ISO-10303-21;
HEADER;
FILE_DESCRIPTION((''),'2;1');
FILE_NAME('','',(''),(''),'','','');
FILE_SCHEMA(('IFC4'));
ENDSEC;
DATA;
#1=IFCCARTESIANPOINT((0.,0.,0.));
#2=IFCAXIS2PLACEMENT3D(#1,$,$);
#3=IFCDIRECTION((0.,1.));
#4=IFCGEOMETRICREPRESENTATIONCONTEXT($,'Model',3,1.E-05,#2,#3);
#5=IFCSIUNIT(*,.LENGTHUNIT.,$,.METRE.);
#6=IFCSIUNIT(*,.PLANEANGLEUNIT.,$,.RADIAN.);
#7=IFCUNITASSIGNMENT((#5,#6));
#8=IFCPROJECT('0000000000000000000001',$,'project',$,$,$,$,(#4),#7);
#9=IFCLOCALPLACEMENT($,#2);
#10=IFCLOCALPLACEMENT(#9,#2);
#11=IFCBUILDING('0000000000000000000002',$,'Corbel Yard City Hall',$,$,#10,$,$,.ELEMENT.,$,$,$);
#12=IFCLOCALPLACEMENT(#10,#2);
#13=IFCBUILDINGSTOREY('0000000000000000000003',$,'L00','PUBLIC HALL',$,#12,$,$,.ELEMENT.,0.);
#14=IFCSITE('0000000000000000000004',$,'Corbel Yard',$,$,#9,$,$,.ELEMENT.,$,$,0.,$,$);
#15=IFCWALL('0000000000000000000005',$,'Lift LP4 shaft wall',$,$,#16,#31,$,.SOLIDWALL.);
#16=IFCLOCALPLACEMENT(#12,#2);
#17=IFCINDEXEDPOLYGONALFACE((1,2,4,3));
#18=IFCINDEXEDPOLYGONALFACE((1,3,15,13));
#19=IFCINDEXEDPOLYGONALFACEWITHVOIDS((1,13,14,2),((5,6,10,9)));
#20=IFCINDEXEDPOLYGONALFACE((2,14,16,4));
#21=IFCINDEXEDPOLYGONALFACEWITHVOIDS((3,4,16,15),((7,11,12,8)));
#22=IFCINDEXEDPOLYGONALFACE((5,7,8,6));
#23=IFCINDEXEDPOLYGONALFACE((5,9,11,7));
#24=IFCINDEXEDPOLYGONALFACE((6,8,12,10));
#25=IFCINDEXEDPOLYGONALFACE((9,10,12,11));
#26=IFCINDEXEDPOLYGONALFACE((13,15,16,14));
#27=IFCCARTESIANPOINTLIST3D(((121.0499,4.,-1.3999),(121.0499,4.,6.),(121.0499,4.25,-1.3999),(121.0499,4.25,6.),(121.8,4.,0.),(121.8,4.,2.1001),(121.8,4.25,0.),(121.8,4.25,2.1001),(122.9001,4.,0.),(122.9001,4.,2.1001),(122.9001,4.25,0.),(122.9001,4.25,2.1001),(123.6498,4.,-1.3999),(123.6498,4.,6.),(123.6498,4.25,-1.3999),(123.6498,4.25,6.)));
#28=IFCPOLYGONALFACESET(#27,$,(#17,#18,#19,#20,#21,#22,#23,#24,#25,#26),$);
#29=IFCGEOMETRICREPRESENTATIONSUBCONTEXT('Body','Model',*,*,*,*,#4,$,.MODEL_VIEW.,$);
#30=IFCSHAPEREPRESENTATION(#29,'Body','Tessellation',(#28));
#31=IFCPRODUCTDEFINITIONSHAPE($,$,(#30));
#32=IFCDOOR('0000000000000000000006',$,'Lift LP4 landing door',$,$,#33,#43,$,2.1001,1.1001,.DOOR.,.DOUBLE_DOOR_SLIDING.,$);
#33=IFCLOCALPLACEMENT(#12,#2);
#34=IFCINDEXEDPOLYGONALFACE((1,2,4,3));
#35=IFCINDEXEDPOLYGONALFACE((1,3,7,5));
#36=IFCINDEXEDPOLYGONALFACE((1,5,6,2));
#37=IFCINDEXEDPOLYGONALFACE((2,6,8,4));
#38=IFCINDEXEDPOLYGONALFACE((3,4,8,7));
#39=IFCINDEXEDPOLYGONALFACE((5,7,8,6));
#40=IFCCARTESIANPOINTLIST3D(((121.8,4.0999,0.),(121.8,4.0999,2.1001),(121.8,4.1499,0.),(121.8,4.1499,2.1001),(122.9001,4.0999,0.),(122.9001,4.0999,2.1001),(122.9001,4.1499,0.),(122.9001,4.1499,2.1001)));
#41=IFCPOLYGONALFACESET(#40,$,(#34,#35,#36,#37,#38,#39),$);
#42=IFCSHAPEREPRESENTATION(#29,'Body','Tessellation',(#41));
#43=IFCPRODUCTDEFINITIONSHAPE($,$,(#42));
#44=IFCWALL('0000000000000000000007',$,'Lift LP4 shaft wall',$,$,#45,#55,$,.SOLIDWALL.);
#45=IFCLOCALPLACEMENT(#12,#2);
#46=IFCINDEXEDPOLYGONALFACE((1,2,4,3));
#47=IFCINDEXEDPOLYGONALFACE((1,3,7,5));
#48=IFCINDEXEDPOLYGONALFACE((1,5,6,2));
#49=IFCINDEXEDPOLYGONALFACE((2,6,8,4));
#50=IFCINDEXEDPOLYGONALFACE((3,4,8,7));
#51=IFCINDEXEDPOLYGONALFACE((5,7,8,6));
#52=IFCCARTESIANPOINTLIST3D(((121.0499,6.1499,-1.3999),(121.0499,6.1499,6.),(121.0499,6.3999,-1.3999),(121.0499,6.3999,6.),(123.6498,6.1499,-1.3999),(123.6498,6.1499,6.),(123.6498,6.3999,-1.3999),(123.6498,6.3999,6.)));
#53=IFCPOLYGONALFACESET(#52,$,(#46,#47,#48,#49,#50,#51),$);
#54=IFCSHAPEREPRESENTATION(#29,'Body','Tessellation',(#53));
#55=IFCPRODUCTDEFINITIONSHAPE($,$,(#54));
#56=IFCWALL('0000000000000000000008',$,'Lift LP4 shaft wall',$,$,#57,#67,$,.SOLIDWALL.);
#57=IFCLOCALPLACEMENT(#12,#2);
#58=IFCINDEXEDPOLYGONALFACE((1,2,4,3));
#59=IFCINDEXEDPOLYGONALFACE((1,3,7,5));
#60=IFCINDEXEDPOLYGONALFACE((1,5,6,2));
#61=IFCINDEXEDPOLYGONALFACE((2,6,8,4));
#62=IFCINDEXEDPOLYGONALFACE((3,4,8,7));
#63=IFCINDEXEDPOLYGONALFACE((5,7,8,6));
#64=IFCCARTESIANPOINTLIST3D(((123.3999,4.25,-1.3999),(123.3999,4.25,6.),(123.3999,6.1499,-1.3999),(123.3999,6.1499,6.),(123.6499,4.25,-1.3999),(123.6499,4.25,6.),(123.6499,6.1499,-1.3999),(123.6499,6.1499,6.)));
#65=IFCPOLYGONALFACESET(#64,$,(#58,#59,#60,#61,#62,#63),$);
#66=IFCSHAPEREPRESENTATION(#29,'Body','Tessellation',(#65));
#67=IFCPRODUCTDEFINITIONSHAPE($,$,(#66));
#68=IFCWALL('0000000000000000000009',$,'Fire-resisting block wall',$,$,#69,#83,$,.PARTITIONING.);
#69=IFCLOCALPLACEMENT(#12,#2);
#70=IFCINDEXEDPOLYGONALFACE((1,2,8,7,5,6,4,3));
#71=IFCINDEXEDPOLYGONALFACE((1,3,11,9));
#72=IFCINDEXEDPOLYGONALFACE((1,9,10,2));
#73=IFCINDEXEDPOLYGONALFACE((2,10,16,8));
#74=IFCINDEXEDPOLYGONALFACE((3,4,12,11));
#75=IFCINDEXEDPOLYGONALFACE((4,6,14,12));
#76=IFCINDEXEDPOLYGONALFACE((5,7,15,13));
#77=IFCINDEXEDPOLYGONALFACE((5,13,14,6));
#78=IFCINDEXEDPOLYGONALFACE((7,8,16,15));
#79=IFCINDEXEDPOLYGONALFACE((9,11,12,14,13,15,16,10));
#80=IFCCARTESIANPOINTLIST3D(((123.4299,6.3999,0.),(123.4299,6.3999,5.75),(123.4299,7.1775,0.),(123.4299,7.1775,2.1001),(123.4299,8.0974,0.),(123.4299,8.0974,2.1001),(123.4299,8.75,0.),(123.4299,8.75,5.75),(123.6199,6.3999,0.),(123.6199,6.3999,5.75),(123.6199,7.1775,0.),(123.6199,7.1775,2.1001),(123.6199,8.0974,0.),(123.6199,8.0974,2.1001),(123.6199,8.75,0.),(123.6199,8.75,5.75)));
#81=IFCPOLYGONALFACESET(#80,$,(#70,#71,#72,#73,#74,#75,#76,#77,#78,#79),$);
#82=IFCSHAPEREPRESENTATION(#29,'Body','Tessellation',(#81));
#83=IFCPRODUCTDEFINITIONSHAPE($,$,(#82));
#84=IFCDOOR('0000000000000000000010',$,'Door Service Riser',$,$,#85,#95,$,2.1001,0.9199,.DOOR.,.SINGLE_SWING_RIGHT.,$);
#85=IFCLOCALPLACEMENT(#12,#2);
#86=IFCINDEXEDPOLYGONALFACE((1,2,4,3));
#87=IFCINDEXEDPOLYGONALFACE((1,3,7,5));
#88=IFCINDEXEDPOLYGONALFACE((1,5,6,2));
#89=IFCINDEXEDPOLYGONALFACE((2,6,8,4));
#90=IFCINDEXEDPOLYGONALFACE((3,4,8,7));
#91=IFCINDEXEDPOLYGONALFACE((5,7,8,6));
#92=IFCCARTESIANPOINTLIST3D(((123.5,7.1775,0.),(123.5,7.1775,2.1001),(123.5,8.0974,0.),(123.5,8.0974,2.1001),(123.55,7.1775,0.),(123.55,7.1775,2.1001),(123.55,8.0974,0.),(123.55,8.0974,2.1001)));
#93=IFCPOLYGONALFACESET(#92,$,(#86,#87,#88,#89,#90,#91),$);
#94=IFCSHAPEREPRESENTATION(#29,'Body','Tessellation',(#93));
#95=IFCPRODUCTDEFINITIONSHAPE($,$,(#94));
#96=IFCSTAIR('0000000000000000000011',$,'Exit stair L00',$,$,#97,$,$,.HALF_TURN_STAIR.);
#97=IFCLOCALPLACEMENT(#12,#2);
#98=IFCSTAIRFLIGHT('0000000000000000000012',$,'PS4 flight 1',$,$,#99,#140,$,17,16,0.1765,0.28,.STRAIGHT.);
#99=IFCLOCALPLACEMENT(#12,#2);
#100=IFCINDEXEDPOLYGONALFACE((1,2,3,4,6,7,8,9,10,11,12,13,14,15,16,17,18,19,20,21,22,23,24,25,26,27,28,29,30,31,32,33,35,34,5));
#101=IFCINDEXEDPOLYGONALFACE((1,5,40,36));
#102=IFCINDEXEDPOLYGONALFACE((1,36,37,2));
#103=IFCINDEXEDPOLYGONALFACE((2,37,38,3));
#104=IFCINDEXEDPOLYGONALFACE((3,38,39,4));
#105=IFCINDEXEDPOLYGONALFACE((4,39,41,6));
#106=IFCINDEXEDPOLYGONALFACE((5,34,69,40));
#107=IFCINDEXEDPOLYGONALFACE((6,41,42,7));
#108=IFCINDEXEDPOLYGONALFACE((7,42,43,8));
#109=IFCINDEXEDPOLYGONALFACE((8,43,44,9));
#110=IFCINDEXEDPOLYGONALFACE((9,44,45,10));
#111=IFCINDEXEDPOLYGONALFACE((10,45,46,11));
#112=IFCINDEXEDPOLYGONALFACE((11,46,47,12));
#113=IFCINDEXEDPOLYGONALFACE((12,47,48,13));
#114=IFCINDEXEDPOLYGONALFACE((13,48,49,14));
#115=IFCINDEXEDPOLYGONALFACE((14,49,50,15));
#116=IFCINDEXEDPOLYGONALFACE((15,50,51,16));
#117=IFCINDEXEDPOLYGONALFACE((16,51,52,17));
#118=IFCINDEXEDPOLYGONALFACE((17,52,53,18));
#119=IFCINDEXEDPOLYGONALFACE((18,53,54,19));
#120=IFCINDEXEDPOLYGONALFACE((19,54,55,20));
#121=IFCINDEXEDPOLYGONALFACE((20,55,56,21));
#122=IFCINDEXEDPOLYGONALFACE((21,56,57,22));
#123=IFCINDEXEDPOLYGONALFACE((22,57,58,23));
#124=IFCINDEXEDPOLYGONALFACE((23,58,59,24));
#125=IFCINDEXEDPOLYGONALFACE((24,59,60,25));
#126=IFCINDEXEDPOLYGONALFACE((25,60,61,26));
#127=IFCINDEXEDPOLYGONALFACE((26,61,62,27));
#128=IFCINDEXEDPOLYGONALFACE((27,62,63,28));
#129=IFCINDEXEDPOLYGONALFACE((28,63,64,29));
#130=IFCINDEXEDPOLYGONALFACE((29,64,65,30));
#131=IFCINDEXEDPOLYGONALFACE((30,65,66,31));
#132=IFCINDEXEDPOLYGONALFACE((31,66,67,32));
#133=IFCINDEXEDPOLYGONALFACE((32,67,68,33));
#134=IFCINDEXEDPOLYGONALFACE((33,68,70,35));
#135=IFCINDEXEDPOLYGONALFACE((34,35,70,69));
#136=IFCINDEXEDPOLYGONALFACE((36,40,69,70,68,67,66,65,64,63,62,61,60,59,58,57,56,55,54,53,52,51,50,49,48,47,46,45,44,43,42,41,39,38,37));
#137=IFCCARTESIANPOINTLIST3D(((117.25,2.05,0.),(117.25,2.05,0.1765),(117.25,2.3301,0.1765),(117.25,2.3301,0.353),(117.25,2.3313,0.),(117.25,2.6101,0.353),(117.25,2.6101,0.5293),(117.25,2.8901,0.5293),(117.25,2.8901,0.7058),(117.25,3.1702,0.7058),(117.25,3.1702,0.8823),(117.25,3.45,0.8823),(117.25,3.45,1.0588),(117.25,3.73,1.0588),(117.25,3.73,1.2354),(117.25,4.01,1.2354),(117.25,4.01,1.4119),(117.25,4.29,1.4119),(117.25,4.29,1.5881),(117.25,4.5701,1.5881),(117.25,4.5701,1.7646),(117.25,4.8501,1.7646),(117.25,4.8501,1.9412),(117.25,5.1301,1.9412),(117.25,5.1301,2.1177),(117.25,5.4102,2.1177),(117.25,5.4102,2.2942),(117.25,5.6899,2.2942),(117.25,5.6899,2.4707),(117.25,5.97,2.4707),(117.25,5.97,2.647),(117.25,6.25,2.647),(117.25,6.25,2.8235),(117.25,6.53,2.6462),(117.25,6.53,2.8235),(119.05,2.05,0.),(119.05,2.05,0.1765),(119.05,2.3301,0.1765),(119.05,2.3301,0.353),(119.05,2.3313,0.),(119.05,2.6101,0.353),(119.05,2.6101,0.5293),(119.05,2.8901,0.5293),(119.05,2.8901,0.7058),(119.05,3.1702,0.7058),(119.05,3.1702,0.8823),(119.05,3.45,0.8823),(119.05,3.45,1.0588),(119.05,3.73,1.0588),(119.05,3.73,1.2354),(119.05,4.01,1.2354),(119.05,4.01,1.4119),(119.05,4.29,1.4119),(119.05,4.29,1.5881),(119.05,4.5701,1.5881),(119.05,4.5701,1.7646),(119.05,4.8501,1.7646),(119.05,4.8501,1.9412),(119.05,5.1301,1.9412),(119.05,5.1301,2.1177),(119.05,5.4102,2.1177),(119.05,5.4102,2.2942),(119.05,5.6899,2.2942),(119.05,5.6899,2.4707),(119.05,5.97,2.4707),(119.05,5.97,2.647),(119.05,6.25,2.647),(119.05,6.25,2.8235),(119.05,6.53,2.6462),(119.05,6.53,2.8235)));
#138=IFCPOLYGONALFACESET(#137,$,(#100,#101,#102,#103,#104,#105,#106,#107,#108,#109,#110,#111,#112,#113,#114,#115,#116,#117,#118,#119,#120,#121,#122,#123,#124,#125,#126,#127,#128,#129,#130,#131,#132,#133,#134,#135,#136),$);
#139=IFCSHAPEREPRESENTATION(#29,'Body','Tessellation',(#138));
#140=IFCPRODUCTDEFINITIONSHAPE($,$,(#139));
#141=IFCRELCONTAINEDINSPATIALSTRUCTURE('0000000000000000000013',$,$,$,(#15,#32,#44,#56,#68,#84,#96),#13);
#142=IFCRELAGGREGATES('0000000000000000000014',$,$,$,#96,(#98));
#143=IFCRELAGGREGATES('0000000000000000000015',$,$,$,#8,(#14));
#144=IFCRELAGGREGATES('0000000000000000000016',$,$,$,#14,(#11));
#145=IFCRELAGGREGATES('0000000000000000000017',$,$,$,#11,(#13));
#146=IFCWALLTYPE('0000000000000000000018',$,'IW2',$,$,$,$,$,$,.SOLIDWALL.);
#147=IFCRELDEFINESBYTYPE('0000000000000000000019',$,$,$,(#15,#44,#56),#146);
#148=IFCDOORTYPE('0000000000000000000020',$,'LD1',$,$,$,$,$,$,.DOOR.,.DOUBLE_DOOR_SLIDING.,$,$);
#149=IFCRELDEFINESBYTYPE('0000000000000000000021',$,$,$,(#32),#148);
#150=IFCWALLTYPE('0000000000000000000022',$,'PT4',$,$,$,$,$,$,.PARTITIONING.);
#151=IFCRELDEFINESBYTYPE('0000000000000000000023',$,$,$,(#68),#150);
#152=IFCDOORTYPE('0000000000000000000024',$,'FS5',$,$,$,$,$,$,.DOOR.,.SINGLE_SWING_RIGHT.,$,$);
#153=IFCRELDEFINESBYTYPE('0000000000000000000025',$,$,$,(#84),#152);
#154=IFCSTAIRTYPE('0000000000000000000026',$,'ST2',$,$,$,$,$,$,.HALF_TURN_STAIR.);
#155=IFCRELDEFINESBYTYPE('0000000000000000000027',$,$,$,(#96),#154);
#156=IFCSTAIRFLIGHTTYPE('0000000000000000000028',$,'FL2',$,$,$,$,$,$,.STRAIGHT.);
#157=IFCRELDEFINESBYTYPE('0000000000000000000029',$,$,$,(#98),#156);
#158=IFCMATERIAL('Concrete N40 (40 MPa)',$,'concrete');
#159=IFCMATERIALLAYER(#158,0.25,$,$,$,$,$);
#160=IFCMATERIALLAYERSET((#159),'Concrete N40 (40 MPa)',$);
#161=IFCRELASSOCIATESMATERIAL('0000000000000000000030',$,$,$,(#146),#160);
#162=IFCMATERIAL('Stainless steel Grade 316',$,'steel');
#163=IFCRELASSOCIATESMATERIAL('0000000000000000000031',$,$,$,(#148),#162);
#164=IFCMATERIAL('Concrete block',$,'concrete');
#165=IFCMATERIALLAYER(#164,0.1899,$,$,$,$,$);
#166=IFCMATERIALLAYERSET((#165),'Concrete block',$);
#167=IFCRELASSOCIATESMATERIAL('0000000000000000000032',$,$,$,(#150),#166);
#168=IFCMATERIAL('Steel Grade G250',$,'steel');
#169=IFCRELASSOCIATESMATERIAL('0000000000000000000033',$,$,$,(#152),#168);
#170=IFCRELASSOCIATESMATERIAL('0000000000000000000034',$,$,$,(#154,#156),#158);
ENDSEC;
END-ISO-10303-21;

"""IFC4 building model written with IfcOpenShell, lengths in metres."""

from ifc_helpers import new_model, si_unit, direction, frame, frame_2d, origin, place, context, subcontext, project, spatial, polyline, rectangle, outline, extrude, material, layer, layer_set, type_object, element, fill, aggregate, save


model = new_model("IFC4")

# Units and contexts
model_context = context("Model", 3, precision=1e-05, world=origin(), true_north=direction((0.0, 1.0)))
body_context = subcontext(model_context, "Body", "Model", "MODEL_VIEW")
ifc_project = project(units=[si_unit("LENGTHUNIT", "METRE"), si_unit("PLANEANGLEUNIT", "RADIAN")], contexts=[model_context])

# Site, building, storey
site_placement = place(None, origin())
site = spatial("IfcSite", under=ifc_project, at=site_placement, Name="Corbel Yard", CompositionType="ELEMENT", RefElevation=0.0)
building_placement = place(site_placement, origin())
building = spatial("IfcBuilding", under=site, at=building_placement, Name="Corbel Yard City Hall", CompositionType="ELEMENT")
storey_placement = place(building_placement, origin())
storey = spatial("IfcBuildingStorey", under=building, at=storey_placement, Name="L00", Description="PUBLIC HALL", CompositionType="ELEMENT", Elevation=0.0)

# Shared definitions
ifc_material_1 = material(Name="Concrete N40 (40 MPa)", Category="concrete")

# Wall, opening, door
ifc_layer_1 = layer(ifc_material_1, 0.25)
ifc_layer_set_1 = layer_set([ifc_layer_1], Name="Concrete N40 (40 MPa)")
wall_type_1 = type_object("IfcWallType", Name="IW2", PredefinedType="SOLIDWALL", material=ifc_layer_set_1)
ifc_material_2 = material(Name="Steel Grade G250", Category="steel")
wall_1_placement = place(storey_placement, frame((121.05, 4.125, -1.3999), z_axis=(0.0, 0.0, 1.0), x_axis=(1.0, 0.0, 0.0)))
wall_1 = element("IfcWall", 1, at=wall_1_placement, inside=storey, type_object=wall_type_1, Name="Lift LP4 shaft wall", PredefinedType="SOLIDWALL", context=body_context, shape_type="SweptSolid", body=[
    extrude(rectangle(XDim=2.5999, YDim=0.25, at=frame_2d((1.2998, 0.0))), origin(), (0.0, 0.0, 1.0), 7.3999),
])
opening_1_placement = place(wall_1_placement, frame((0.75, 0.0, 1.3999)))
opening_1 = element("IfcOpeningElement", 2, at=opening_1_placement, cuts=wall_1, PredefinedType="OPENING", context=body_context, shape_type="SweptSolid", body=[
    extrude(rectangle(XDim=1.1001, YDim=2.1001, at=frame_2d((0.55, 1.05))), frame((0.0, 0.135, 0.0), z_axis=(0.0, -1.0, 0.0), x_axis=(1.0, 0.0, 0.0)), (0.0, 0.0, 1.0), 0.27),
])
ifc_material_3 = material(Name="Stainless steel Grade 316", Category="steel")
door_type_1 = type_object("IfcDoorType", Name="LD1", OperationType="DOUBLE_DOOR_SLIDING", PredefinedType="DOOR", material=ifc_material_3)
door_1_placement = place(opening_1_placement, origin())
door_1 = element("IfcDoor", 3, at=door_1_placement, inside=storey, type_object=door_type_1, Name="Lift LP4 landing door", OperationType="DOUBLE_DOOR_SLIDING", OverallHeight=2.1001, OverallWidth=1.1001, PredefinedType="DOOR", context=body_context, shape_type="SweptSolid", body=[
    extrude(rectangle(XDim=1.1001, YDim=2.1001, at=frame_2d((0.55, 1.05))), frame((0.0, 0.0249, 0.0), z_axis=(0.0, -1.0, 0.0), x_axis=(1.0, 0.0, 0.0)), (0.0, 0.0, 1.0), 0.05),
])
fill(opening_1, door_1)

# Walls
wall_2_placement = place(storey_placement, frame((121.05, 6.2749, -1.3999), z_axis=(0.0, 0.0, 1.0), x_axis=(1.0, 0.0, 0.0)))
element("IfcWall", 4, at=wall_2_placement, inside=storey, type_object=wall_type_1, Name="Lift LP4 shaft wall", PredefinedType="SOLIDWALL", context=body_context, shape_type="SweptSolid", body=[
    extrude(rectangle(XDim=2.5999, YDim=0.25, at=frame_2d((1.2998, 0.0))), origin(), (0.0, 0.0, 1.0), 7.3999),
])
wall_3_placement = place(storey_placement, frame((123.5249, 4.25, -1.3999), z_axis=(0.0, 0.0, 1.0), x_axis=(0.0, 1.0, 0.0)))
element("IfcWall", 5, at=wall_3_placement, inside=storey, type_object=wall_type_1, Name="Lift LP4 shaft wall", PredefinedType="SOLIDWALL", context=body_context, shape_type="SweptSolid", body=[
    extrude(rectangle(XDim=1.8999, YDim=0.25, at=frame_2d((0.95, 0.0))), origin(), (0.0, 0.0, 1.0), 7.3999),
])

# Wall, opening, door
ifc_material_4 = material(Name="Concrete block", Category="concrete")
ifc_layer_2 = layer(ifc_material_4, 0.1899)
ifc_layer_set_2 = layer_set([ifc_layer_2], Name="Concrete block")
wall_type_2 = type_object("IfcWallType", Name="PT4", PredefinedType="PARTITIONING", material=ifc_layer_set_2)
wall_4_placement = place(storey_placement, frame((123.5249, 6.3999, 0.0), z_axis=(0.0, 0.0, 1.0), x_axis=(0.0, 1.0, 0.0)))
wall_4 = element("IfcWall", 6, at=wall_4_placement, inside=storey, type_object=wall_type_2, Name="Fire-resisting block wall", PredefinedType="PARTITIONING", context=body_context, shape_type="SweptSolid", body=[
    extrude(rectangle(XDim=2.3501, YDim=0.1899, at=frame_2d((1.175, 0.0))), origin(), (0.0, 0.0, 1.0), 5.75),
])
opening_2_placement = place(wall_4_placement, frame((0.7776, 0.0, 0.0)))
opening_2 = element("IfcOpeningElement", 7, at=opening_2_placement, cuts=wall_4, PredefinedType="OPENING", context=body_context, shape_type="SweptSolid", body=[
    extrude(rectangle(XDim=0.9199, YDim=2.1001, at=frame_2d((0.46, 1.05))), frame((0.0, 0.105, 0.0), z_axis=(0.0, -1.0, 0.0), x_axis=(1.0, 0.0, 0.0)), (0.0, 0.0, 1.0), 0.21),
])
door_type_2 = type_object("IfcDoorType", Name="FS5", OperationType="SINGLE_SWING_RIGHT", PredefinedType="DOOR", material=ifc_material_2)
door_2_placement = place(opening_2_placement, origin())
door_2 = element("IfcDoor", 8, at=door_2_placement, inside=storey, type_object=door_type_2, Name="Door Service Riser", OperationType="SINGLE_SWING_RIGHT", OverallHeight=2.1001, OverallWidth=0.9199, PredefinedType="DOOR", context=body_context, shape_type="SweptSolid", body=[
    extrude(rectangle(XDim=0.9199, YDim=2.1001, at=frame_2d((0.46, 1.05))), frame((0.0, 0.0249, 0.0), z_axis=(0.0, -1.0, 0.0), x_axis=(1.0, 0.0, 0.0)), (0.0, 0.0, 1.0), 0.05),
])
fill(opening_2, door_2)

# Stair, stair flight
stair_type = type_object("IfcStairType", Name="ST2", PredefinedType="HALF_TURN_STAIR", material=ifc_material_1)
stair_placement = place(storey_placement, origin())
stair = element("IfcStair", 9, at=stair_placement, inside=storey, type_object=stair_type, Name="Exit stair L00", PredefinedType="HALF_TURN_STAIR")
stair_flight_type = type_object("IfcStairFlightType", Name="FL2", PredefinedType="STRAIGHT", material=ifc_material_1)
stair_flight_1_placement = place(storey_placement, frame((118.1499, 2.05, 0.0), z_axis=(0.0, 0.0, 1.0), x_axis=(0.0, 1.0, 0.0)))
stair_flight_1 = element("IfcStairFlight", 10, at=stair_flight_1_placement, type_object=stair_flight_type, Name="PS4 flight 1", NumberOfRisers=17, NumberOfTreads=16, PredefinedType="STRAIGHT", RiserHeight=0.1765, TreadLength=0.28, context=body_context, shape_type="SweptSolid", body=[
    extrude(outline(polyline([(0.0, 0.0), (0.0, 0.1765), (0.28, 0.1765), (0.28, 0.353), (0.5601, 0.353), (0.5601, 0.5293), (0.8401, 0.5293), (0.8401, 0.7058), (1.1201, 0.7058), (1.1201, 0.8823), (1.3999, 0.8823), (1.3999, 1.0588), (1.6799, 1.0588), (1.6799, 1.2354), (1.96, 1.2354), (1.96, 1.4119), (2.24, 1.4119), (2.24, 1.5881), (2.52, 1.5881), (2.52, 1.7646), (2.8, 1.7646), (2.8, 1.9412), (3.0801, 1.9412), (3.0801, 2.1177), (3.3601, 2.1177), (3.3601, 2.2942), (3.6399, 2.2942), (3.6399, 2.4707), (3.9199, 2.4707), (3.9199, 2.647), (4.2, 2.647), (4.2, 2.8235), (4.48, 2.8235), (4.48, 3.0), (4.48, 2.6462), (0.2812, 0.0), (0.0, 0.0)])), frame((0.0, 0.8999, 0.0), z_axis=(0.0, -1.0, 0.0), x_axis=(1.0, 0.0, 0.0)), (0.0, 0.0, 1.0), 1.8),
])
aggregate(stair, [stair_flight_1])

save(model, "model.ifc")
